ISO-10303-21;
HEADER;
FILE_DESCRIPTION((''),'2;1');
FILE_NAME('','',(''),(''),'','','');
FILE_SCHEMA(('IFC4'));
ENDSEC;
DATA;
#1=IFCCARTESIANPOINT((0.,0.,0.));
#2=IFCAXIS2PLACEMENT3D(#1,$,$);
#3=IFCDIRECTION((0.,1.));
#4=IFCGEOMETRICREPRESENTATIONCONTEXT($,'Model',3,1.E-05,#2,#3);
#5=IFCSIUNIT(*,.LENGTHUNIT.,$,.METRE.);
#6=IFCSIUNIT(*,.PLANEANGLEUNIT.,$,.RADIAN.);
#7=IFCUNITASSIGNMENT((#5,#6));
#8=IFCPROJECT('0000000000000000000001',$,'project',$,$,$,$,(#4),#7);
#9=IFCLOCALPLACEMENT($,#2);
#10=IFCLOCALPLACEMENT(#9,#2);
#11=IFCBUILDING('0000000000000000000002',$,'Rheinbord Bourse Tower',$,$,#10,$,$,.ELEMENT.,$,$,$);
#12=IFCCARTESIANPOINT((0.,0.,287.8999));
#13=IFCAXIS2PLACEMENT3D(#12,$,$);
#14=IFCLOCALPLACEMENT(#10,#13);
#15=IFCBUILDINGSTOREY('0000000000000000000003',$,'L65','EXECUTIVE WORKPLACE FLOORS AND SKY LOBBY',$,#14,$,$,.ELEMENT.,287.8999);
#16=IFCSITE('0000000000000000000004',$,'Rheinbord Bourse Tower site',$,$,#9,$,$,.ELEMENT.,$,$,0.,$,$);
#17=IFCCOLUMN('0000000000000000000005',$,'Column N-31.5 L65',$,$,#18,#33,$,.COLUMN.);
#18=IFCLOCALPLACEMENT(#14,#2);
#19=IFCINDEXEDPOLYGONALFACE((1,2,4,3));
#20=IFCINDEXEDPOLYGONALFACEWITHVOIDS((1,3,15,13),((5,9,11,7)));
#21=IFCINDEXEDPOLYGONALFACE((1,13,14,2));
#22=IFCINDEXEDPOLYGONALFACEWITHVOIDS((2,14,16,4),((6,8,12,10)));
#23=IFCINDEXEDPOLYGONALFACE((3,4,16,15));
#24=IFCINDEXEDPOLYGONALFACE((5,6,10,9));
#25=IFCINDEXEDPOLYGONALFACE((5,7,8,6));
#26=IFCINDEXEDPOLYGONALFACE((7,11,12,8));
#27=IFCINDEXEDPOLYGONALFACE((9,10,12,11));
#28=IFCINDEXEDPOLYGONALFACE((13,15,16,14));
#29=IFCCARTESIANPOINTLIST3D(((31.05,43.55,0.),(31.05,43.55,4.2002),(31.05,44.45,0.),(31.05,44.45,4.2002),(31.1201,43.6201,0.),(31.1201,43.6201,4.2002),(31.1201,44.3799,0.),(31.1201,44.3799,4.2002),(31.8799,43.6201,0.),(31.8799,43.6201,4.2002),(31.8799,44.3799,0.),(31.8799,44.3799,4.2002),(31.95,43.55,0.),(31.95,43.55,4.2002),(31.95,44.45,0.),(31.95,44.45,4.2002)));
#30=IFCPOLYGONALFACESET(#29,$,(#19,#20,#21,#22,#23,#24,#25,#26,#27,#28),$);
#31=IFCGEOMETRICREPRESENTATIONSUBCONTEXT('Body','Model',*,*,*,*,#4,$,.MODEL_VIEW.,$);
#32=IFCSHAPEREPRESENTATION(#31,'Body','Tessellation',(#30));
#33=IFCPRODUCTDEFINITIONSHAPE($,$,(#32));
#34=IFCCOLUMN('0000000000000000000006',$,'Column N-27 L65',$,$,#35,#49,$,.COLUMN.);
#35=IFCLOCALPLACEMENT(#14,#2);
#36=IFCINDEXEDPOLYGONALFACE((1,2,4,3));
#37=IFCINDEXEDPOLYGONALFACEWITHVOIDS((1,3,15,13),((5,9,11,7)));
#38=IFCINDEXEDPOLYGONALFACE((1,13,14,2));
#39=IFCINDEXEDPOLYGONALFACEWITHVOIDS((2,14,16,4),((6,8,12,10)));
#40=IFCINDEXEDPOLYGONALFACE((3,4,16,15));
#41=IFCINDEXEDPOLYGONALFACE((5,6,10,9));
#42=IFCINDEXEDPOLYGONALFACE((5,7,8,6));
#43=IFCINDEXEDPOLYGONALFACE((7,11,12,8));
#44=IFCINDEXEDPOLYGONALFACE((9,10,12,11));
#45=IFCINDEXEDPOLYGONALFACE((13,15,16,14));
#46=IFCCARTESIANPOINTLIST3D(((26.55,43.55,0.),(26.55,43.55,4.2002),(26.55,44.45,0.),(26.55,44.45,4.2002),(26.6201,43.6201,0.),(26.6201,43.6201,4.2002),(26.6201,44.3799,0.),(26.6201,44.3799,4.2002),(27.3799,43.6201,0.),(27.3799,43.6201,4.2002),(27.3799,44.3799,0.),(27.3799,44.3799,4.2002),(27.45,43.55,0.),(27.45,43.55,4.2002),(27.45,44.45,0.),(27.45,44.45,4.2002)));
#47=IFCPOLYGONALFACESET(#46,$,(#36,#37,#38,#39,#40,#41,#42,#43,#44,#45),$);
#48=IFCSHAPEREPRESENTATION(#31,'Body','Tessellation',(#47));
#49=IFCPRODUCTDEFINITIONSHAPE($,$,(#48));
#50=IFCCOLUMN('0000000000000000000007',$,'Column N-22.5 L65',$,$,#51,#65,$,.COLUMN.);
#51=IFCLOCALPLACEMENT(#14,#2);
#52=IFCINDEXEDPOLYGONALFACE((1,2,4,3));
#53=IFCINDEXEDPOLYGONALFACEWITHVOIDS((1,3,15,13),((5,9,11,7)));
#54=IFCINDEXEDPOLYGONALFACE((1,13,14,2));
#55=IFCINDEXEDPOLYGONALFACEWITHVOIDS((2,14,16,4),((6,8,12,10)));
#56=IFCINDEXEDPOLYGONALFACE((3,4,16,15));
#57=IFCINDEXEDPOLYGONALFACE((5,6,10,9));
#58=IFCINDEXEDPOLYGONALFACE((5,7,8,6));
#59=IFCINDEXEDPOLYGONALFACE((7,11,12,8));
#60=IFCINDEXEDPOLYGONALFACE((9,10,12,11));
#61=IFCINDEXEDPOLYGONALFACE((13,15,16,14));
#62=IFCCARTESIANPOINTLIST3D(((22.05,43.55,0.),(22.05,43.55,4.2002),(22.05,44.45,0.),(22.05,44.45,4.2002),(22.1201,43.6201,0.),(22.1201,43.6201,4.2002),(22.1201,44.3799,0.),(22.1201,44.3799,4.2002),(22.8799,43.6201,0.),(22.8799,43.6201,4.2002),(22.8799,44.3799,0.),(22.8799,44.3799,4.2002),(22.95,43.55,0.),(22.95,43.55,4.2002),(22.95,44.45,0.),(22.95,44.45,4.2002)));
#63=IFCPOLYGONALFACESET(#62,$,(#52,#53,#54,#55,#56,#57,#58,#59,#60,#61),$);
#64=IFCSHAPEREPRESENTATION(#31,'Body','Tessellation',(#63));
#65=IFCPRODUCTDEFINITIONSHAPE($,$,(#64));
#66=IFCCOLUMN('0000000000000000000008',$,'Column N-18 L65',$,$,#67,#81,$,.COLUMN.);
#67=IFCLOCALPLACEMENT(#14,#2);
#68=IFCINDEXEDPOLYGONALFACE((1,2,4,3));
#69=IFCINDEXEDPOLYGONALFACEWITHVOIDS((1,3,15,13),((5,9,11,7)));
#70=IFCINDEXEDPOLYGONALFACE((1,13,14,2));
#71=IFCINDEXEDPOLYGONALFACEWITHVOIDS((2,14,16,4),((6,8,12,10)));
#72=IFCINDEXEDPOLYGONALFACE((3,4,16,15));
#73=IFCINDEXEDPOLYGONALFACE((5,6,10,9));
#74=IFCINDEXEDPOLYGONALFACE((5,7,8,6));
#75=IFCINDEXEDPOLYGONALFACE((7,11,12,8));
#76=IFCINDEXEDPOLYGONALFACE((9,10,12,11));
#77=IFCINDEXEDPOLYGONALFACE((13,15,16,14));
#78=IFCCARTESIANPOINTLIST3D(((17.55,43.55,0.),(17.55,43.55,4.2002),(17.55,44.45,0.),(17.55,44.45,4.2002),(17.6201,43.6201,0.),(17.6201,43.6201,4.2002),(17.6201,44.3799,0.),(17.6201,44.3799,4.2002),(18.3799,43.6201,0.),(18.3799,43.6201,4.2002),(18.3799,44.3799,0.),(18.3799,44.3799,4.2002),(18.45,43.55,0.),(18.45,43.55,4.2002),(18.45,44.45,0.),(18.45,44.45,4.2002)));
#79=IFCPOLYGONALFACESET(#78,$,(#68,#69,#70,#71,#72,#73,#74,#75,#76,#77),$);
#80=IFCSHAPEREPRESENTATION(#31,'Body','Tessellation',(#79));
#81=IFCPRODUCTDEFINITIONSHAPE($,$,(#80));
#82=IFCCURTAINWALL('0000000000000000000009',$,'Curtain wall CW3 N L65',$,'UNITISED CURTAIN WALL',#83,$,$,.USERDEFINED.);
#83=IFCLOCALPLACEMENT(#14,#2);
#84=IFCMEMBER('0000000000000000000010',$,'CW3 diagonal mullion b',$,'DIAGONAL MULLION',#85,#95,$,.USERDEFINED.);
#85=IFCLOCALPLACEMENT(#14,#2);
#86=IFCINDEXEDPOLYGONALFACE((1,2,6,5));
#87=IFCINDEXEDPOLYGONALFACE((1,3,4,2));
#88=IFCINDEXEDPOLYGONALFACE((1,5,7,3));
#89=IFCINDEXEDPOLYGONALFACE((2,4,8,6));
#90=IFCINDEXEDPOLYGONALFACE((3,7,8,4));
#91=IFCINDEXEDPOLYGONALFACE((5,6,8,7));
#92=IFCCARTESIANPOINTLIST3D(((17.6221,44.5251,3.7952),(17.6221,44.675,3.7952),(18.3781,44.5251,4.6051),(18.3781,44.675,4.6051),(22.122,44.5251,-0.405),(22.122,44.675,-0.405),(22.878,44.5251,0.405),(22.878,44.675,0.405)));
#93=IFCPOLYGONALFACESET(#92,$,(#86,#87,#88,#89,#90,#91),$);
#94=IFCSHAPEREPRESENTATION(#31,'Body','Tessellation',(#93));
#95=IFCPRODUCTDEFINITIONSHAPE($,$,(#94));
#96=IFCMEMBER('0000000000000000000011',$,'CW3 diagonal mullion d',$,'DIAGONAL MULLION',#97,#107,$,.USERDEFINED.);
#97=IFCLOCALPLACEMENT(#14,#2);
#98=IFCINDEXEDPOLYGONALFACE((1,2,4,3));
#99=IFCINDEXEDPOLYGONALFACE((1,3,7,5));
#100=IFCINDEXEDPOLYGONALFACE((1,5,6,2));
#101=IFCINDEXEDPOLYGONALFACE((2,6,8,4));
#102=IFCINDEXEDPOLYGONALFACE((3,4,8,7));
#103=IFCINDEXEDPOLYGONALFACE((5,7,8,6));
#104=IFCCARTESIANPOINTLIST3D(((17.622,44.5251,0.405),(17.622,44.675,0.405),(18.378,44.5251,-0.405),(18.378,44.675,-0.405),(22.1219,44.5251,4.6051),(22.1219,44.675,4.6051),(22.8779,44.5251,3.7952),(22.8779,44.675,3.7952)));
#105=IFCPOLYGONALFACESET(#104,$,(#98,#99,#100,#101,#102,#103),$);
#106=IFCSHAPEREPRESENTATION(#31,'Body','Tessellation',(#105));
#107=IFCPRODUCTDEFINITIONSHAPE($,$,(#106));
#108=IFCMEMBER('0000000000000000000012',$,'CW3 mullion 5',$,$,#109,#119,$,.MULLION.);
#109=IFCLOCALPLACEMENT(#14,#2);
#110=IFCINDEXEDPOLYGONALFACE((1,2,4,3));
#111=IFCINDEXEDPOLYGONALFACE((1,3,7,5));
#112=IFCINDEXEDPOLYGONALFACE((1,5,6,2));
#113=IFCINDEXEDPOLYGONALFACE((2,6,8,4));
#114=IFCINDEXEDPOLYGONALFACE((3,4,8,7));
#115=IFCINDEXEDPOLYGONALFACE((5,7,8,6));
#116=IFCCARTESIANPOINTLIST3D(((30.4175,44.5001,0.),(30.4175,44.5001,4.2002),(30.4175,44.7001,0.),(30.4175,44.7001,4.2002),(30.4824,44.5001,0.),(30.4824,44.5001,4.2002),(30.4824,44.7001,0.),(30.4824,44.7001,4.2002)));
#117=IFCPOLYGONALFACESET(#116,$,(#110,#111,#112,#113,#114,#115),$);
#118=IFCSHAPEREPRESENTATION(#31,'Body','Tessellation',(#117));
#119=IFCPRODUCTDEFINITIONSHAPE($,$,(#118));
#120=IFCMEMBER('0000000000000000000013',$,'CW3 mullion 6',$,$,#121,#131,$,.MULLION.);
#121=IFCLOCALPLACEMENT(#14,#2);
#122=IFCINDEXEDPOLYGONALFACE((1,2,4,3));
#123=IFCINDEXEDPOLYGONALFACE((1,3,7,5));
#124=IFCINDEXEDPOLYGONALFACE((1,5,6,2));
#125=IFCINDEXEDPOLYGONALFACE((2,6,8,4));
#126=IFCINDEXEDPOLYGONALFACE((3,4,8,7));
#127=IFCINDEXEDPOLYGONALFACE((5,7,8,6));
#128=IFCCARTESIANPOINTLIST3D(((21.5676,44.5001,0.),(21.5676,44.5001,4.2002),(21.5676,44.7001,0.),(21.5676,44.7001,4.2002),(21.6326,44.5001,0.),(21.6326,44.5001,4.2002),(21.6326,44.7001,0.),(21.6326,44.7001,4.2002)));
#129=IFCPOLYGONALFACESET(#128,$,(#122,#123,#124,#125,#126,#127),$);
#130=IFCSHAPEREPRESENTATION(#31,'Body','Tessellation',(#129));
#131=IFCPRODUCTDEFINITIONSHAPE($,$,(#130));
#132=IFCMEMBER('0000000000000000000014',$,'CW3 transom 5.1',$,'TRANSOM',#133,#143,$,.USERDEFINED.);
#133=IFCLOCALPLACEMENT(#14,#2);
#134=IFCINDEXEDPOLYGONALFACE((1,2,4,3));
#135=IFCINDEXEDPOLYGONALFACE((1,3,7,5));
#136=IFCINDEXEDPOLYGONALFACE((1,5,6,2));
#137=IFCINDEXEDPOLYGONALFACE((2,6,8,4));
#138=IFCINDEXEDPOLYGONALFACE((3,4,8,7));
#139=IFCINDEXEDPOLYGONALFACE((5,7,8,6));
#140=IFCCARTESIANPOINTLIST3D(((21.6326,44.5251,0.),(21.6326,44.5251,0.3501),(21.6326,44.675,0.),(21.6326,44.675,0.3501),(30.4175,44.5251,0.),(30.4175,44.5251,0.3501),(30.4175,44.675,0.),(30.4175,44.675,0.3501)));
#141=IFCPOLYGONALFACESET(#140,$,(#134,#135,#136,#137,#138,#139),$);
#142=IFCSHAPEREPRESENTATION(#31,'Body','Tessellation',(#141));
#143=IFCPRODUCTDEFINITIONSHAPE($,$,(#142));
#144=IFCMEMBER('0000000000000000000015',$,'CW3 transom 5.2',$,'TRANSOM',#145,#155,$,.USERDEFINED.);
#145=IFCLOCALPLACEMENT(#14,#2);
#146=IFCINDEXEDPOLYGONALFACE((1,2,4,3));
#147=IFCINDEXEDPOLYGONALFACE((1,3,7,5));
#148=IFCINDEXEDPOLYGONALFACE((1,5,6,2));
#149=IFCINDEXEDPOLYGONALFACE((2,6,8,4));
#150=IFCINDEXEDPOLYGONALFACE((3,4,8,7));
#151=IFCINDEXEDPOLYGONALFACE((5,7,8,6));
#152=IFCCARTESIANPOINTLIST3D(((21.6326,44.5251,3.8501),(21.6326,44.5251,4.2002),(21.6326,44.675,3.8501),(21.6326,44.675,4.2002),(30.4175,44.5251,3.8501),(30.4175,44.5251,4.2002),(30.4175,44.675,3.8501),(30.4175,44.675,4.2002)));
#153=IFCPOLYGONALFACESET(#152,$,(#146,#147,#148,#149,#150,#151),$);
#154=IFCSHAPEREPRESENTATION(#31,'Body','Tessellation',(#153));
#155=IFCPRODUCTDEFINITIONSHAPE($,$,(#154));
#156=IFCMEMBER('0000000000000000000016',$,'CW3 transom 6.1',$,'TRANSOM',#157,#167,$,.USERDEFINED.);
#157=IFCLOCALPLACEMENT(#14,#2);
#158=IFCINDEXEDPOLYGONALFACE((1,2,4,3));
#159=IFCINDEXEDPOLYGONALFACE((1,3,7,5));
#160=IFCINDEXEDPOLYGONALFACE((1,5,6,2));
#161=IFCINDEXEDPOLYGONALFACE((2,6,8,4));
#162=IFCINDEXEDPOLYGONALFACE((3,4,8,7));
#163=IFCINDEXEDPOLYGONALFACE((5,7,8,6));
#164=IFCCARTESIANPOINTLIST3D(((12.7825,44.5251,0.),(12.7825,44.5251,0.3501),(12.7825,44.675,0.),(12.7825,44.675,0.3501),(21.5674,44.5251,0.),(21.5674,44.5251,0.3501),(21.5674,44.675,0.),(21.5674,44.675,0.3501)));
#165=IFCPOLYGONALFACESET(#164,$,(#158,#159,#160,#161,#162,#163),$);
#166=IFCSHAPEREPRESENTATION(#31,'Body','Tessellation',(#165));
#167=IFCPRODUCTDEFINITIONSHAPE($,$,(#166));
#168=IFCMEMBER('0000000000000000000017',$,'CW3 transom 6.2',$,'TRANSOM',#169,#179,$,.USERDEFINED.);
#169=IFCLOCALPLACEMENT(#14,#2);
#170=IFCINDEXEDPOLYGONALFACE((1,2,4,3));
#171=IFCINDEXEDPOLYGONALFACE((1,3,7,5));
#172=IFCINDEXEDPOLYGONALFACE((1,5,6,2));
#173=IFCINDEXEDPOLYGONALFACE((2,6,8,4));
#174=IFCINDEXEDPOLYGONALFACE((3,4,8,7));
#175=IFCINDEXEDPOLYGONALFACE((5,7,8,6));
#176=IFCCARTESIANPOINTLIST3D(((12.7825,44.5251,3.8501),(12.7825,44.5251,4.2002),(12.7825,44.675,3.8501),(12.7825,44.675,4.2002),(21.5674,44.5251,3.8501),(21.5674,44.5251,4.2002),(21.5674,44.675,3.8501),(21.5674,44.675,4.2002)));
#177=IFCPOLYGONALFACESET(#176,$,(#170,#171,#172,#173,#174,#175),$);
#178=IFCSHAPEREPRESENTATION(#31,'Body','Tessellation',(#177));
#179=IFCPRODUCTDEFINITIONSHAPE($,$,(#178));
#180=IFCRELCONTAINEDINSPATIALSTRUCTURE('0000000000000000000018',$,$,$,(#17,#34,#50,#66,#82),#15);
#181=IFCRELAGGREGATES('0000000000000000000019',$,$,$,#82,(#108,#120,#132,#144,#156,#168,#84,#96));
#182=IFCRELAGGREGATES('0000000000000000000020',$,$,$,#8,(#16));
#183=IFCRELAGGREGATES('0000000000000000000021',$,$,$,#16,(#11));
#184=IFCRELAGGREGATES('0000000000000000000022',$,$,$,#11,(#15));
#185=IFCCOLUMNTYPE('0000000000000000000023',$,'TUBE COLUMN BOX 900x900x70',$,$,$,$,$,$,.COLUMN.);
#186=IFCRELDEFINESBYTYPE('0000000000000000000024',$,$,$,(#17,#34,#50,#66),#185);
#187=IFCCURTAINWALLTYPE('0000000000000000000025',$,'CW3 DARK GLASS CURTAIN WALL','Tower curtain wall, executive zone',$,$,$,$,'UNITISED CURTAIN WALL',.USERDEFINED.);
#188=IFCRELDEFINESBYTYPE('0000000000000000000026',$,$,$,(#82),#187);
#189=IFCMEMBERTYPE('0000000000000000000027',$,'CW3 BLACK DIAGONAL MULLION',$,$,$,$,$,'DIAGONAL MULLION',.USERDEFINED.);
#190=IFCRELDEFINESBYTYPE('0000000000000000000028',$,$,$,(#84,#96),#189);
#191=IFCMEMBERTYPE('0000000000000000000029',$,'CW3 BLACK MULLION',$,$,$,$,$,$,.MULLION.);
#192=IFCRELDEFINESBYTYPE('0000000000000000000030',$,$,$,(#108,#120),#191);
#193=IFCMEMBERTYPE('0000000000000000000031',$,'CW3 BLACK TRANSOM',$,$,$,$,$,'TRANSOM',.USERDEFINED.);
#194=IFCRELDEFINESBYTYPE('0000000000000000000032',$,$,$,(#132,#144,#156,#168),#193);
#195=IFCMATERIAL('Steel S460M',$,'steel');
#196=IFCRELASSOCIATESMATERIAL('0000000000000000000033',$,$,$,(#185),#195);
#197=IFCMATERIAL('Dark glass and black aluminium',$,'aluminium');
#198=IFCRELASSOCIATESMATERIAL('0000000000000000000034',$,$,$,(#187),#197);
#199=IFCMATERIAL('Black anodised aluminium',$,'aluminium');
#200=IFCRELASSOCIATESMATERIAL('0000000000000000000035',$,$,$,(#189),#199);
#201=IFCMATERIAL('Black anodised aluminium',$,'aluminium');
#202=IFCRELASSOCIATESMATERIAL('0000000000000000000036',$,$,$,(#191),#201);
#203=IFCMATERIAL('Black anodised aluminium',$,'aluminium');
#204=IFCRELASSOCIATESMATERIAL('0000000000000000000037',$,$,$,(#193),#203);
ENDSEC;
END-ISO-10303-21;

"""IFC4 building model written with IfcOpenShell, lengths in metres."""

from ifc_helpers import new_model, si_unit, direction, frame, origin, origin_2d, place, context, subcontext, project, spatial, rectangle, hollow_rectangle, extrude, material, material_profile, profile_set, type_object, element, aggregate, save


model = new_model("IFC4")

# Units and contexts
model_context = context("Model", 3, precision=1e-05, world=origin(), true_north=direction((0.0, 1.0)))
body_context = subcontext(model_context, "Body", "Model", "MODEL_VIEW")
ifc_project = project(units=[si_unit("LENGTHUNIT", "METRE"), si_unit("PLANEANGLEUNIT", "RADIAN")], contexts=[model_context])

# Site, building, storey
site_placement = place(None, origin())
site = spatial("IfcSite", under=ifc_project, at=site_placement, Name="Rheinbord Bourse Tower site", CompositionType="ELEMENT", RefElevation=0.0)
building_placement = place(site_placement, origin())
building = spatial("IfcBuilding", under=site, at=building_placement, Name="Rheinbord Bourse Tower", CompositionType="ELEMENT")
storey_placement = place(building_placement, frame((0.0, 0.0, 287.8999)))
storey = spatial("IfcBuildingStorey", under=building, at=storey_placement, Name="L65", Description="EXECUTIVE WORKPLACE FLOORS AND SKY LOBBY", CompositionType="ELEMENT", Elevation=287.8999)

# Columns
ifc_material_1 = material(Name="Steel S460M", Category="steel")
ifc_material_profile_1 = material_profile(ifc_material_1, hollow_rectangle(XDim=0.8999, YDim=0.8999, WallThickness=0.0701, at=origin_2d()), Name="BOX 900x900x70")
ifc_profile_set_1 = profile_set([ifc_material_profile_1], Name="Steel S460M")
column_type = type_object("IfcColumnType", Name="TUBE COLUMN BOX 900x900x70", PredefinedType="COLUMN", material=ifc_profile_set_1)
for number, where, z_axis, x_axis, name in (
    (1, (31.5, 44.0, 0.0), (0.0, 0.0, 1.0), (0.0, 1.0, 0.0), "Column N-31.5 L65"),
    (2, (27.0, 44.0, 0.0), (0.0, 0.0, 1.0), (0.0, 1.0, 0.0), "Column N-27 L65"),
    (3, (22.5, 44.0, 0.0), (0.0, 0.0, 1.0), (0.0, 1.0, 0.0), "Column N-22.5 L65"),
    (4, (18.0, 44.0, 0.0), (0.0, 0.0, 1.0), (0.0, 1.0, 0.0), "Column N-18 L65"),
):
    element("IfcColumn", number, at=place(storey_placement, frame(where, z_axis=z_axis, x_axis=x_axis)), inside=storey, type_object=column_type, Name=name, PredefinedType="COLUMN", context=body_context, shape_type="SweptSolid", body=[
        extrude(hollow_rectangle(XDim=0.8999, YDim=0.8999, WallThickness=0.0701, at=origin_2d()), origin(), (0.0, 0.0, 1.0), 4.2002),
    ])

# Curtain wall, members
ifc_material_2 = material(Name="Dark glass and black aluminium", Category="aluminium")
curtain_wall_type = type_object("IfcCurtainWallType", Name="CW3 DARK GLASS CURTAIN WALL", Description="Tower curtain wall, executive zone", ElementType="UNITISED CURTAIN WALL", PredefinedType="USERDEFINED", material=ifc_material_2)
curtain_wall_placement = place(storey_placement, origin())
curtain_wall = element("IfcCurtainWall", 5, at=curtain_wall_placement, inside=storey, type_object=curtain_wall_type, Name="Curtain wall CW3 N L65", ObjectType="UNITISED CURTAIN WALL", PredefinedType="USERDEFINED")
ifc_material_3 = material(Name="Black anodised aluminium", Category="aluminium")
ifc_material_profile_2 = material_profile(ifc_material_3, rectangle(XDim=0.1499, YDim=1.1079, at=origin_2d()), Name="CW3 DIAGONAL MULLION 1108x150")
ifc_profile_set_2 = profile_set([ifc_material_profile_2], Name="Black anodised aluminium")
member_type_1 = type_object("IfcMemberType", Name="CW3 BLACK DIAGONAL MULLION", ElementType="DIAGONAL MULLION", PredefinedType="USERDEFINED", material=ifc_profile_set_2)
member_1_placement = place(storey_placement, frame((22.5, 44.6001, 0.0), z_axis=(-0.731039, 0.0, 0.682335), x_axis=(0.0, -1.0, 0.0)))
member_1 = element("IfcMember", 6, at=member_1_placement, type_object=member_type_1, Name="CW3 diagonal mullion b", ObjectType="DIAGONAL MULLION", PredefinedType="USERDEFINED", context=body_context, shape_type="SweptSolid", body=[
    extrude(rectangle(XDim=0.1499, YDim=1.1079, at=origin_2d()), origin(), (0.0, 0.0, 1.0), 6.1555),
])
member_2_placement = place(storey_placement, frame((18.0, 44.6001, 0.0), z_axis=(0.731039, 0.0, 0.682335), x_axis=(0.0, 1.0, 0.0)))
member_2 = element("IfcMember", 7, at=member_2_placement, type_object=member_type_1, Name="CW3 diagonal mullion d", ObjectType="DIAGONAL MULLION", PredefinedType="USERDEFINED", context=body_context, shape_type="SweptSolid", body=[
    extrude(rectangle(XDim=0.1499, YDim=1.1079, at=origin_2d()), origin(), (0.0, 0.0, 1.0), 6.1555),
])
ifc_material_4 = material(Name="Black anodised aluminium", Category="aluminium")
ifc_material_profile_3 = material_profile(ifc_material_4, rectangle(XDim=0.2, YDim=0.0649, at=origin_2d()), Name="CW3 MULLION 65x200")
ifc_profile_set_3 = profile_set([ifc_material_profile_3], Name="Black anodised aluminium")
member_type_2 = type_object("IfcMemberType", Name="CW3 BLACK MULLION", PredefinedType="MULLION", material=ifc_profile_set_3)
member_3_placement = place(storey_placement, frame((30.45, 44.6001, 0.0), z_axis=(0.0, 0.0, 1.0), x_axis=(0.0, -1.0, 0.0)))
member_3 = element("IfcMember", 8, at=member_3_placement, type_object=member_type_2, Name="CW3 mullion 5", PredefinedType="MULLION", context=body_context, shape_type="SweptSolid", body=[
    extrude(rectangle(XDim=0.2, YDim=0.0649, at=origin_2d()), origin(), (0.0, 0.0, 1.0), 4.2002),
])
member_4_placement = place(storey_placement, frame((21.6001, 44.6001, 0.0), z_axis=(0.0, 0.0, 1.0), x_axis=(0.0, -1.0, 0.0)))
member_4 = element("IfcMember", 9, at=member_4_placement, type_object=member_type_2, Name="CW3 mullion 6", PredefinedType="MULLION", context=body_context, shape_type="SweptSolid", body=[
    extrude(rectangle(XDim=0.2, YDim=0.0649, at=origin_2d()), origin(), (0.0, 0.0, 1.0), 4.2002),
])
ifc_material_5 = material(Name="Black anodised aluminium", Category="aluminium")
ifc_material_profile_4 = material_profile(ifc_material_5, rectangle(XDim=0.1499, YDim=0.3501, at=origin_2d()), Name="CW3 TRANSOM 350x150")
ifc_profile_set_4 = profile_set([ifc_material_profile_4], Name="Black anodised aluminium")
member_type_3 = type_object("IfcMemberType", Name="CW3 BLACK TRANSOM", ElementType="TRANSOM", PredefinedType="USERDEFINED", material=ifc_profile_set_4)
member_5_placement = place(storey_placement, frame((30.4175, 44.6001, 0.175), z_axis=(-1.0, 0.0, 0.0), x_axis=(0.0, -1.0, 0.0)))
member_5 = element("IfcMember", 10, at=member_5_placement, type_object=member_type_3, Name="CW3 transom 5.1", ObjectType="TRANSOM", PredefinedType="USERDEFINED", context=body_context, shape_type="SweptSolid", body=[
    extrude(rectangle(XDim=0.1499, YDim=0.3501, at=origin_2d()), origin(), (0.0, 0.0, 1.0), 8.7849),
])
member_6_placement = place(storey_placement, frame((30.4175, 44.6001, 4.0251), z_axis=(-1.0, 0.0, 0.0), x_axis=(0.0, -1.0, 0.0)))
member_6 = element("IfcMember", 11, at=member_6_placement, type_object=member_type_3, Name="CW3 transom 5.2", ObjectType="TRANSOM", PredefinedType="USERDEFINED", context=body_context, shape_type="SweptSolid", body=[
    extrude(rectangle(XDim=0.1499, YDim=0.3501, at=origin_2d()), origin(), (0.0, 0.0, 1.0), 8.7849),
])
member_7_placement = place(storey_placement, frame((21.5674, 44.6001, 0.175), z_axis=(-1.0, 0.0, 0.0), x_axis=(0.0, -1.0, 0.0)))
member_7 = element("IfcMember", 12, at=member_7_placement, type_object=member_type_3, Name="CW3 transom 6.1", ObjectType="TRANSOM", PredefinedType="USERDEFINED", context=body_context, shape_type="SweptSolid", body=[
    extrude(rectangle(XDim=0.1499, YDim=0.3501, at=origin_2d()), origin(), (0.0, 0.0, 1.0), 8.7849),
])
member_8_placement = place(storey_placement, frame((21.5674, 44.6001, 4.0251), z_axis=(-1.0, 0.0, 0.0), x_axis=(0.0, -1.0, 0.0)))
member_8 = element("IfcMember", 13, at=member_8_placement, type_object=member_type_3, Name="CW3 transom 6.2", ObjectType="TRANSOM", PredefinedType="USERDEFINED", context=body_context, shape_type="SweptSolid", body=[
    extrude(rectangle(XDim=0.1499, YDim=0.3501, at=origin_2d()), origin(), (0.0, 0.0, 1.0), 8.7849),
])

aggregate(curtain_wall, [member_3, member_4, member_5, member_6, member_7, member_8, member_1, member_2])

save(model, "model.ifc")
